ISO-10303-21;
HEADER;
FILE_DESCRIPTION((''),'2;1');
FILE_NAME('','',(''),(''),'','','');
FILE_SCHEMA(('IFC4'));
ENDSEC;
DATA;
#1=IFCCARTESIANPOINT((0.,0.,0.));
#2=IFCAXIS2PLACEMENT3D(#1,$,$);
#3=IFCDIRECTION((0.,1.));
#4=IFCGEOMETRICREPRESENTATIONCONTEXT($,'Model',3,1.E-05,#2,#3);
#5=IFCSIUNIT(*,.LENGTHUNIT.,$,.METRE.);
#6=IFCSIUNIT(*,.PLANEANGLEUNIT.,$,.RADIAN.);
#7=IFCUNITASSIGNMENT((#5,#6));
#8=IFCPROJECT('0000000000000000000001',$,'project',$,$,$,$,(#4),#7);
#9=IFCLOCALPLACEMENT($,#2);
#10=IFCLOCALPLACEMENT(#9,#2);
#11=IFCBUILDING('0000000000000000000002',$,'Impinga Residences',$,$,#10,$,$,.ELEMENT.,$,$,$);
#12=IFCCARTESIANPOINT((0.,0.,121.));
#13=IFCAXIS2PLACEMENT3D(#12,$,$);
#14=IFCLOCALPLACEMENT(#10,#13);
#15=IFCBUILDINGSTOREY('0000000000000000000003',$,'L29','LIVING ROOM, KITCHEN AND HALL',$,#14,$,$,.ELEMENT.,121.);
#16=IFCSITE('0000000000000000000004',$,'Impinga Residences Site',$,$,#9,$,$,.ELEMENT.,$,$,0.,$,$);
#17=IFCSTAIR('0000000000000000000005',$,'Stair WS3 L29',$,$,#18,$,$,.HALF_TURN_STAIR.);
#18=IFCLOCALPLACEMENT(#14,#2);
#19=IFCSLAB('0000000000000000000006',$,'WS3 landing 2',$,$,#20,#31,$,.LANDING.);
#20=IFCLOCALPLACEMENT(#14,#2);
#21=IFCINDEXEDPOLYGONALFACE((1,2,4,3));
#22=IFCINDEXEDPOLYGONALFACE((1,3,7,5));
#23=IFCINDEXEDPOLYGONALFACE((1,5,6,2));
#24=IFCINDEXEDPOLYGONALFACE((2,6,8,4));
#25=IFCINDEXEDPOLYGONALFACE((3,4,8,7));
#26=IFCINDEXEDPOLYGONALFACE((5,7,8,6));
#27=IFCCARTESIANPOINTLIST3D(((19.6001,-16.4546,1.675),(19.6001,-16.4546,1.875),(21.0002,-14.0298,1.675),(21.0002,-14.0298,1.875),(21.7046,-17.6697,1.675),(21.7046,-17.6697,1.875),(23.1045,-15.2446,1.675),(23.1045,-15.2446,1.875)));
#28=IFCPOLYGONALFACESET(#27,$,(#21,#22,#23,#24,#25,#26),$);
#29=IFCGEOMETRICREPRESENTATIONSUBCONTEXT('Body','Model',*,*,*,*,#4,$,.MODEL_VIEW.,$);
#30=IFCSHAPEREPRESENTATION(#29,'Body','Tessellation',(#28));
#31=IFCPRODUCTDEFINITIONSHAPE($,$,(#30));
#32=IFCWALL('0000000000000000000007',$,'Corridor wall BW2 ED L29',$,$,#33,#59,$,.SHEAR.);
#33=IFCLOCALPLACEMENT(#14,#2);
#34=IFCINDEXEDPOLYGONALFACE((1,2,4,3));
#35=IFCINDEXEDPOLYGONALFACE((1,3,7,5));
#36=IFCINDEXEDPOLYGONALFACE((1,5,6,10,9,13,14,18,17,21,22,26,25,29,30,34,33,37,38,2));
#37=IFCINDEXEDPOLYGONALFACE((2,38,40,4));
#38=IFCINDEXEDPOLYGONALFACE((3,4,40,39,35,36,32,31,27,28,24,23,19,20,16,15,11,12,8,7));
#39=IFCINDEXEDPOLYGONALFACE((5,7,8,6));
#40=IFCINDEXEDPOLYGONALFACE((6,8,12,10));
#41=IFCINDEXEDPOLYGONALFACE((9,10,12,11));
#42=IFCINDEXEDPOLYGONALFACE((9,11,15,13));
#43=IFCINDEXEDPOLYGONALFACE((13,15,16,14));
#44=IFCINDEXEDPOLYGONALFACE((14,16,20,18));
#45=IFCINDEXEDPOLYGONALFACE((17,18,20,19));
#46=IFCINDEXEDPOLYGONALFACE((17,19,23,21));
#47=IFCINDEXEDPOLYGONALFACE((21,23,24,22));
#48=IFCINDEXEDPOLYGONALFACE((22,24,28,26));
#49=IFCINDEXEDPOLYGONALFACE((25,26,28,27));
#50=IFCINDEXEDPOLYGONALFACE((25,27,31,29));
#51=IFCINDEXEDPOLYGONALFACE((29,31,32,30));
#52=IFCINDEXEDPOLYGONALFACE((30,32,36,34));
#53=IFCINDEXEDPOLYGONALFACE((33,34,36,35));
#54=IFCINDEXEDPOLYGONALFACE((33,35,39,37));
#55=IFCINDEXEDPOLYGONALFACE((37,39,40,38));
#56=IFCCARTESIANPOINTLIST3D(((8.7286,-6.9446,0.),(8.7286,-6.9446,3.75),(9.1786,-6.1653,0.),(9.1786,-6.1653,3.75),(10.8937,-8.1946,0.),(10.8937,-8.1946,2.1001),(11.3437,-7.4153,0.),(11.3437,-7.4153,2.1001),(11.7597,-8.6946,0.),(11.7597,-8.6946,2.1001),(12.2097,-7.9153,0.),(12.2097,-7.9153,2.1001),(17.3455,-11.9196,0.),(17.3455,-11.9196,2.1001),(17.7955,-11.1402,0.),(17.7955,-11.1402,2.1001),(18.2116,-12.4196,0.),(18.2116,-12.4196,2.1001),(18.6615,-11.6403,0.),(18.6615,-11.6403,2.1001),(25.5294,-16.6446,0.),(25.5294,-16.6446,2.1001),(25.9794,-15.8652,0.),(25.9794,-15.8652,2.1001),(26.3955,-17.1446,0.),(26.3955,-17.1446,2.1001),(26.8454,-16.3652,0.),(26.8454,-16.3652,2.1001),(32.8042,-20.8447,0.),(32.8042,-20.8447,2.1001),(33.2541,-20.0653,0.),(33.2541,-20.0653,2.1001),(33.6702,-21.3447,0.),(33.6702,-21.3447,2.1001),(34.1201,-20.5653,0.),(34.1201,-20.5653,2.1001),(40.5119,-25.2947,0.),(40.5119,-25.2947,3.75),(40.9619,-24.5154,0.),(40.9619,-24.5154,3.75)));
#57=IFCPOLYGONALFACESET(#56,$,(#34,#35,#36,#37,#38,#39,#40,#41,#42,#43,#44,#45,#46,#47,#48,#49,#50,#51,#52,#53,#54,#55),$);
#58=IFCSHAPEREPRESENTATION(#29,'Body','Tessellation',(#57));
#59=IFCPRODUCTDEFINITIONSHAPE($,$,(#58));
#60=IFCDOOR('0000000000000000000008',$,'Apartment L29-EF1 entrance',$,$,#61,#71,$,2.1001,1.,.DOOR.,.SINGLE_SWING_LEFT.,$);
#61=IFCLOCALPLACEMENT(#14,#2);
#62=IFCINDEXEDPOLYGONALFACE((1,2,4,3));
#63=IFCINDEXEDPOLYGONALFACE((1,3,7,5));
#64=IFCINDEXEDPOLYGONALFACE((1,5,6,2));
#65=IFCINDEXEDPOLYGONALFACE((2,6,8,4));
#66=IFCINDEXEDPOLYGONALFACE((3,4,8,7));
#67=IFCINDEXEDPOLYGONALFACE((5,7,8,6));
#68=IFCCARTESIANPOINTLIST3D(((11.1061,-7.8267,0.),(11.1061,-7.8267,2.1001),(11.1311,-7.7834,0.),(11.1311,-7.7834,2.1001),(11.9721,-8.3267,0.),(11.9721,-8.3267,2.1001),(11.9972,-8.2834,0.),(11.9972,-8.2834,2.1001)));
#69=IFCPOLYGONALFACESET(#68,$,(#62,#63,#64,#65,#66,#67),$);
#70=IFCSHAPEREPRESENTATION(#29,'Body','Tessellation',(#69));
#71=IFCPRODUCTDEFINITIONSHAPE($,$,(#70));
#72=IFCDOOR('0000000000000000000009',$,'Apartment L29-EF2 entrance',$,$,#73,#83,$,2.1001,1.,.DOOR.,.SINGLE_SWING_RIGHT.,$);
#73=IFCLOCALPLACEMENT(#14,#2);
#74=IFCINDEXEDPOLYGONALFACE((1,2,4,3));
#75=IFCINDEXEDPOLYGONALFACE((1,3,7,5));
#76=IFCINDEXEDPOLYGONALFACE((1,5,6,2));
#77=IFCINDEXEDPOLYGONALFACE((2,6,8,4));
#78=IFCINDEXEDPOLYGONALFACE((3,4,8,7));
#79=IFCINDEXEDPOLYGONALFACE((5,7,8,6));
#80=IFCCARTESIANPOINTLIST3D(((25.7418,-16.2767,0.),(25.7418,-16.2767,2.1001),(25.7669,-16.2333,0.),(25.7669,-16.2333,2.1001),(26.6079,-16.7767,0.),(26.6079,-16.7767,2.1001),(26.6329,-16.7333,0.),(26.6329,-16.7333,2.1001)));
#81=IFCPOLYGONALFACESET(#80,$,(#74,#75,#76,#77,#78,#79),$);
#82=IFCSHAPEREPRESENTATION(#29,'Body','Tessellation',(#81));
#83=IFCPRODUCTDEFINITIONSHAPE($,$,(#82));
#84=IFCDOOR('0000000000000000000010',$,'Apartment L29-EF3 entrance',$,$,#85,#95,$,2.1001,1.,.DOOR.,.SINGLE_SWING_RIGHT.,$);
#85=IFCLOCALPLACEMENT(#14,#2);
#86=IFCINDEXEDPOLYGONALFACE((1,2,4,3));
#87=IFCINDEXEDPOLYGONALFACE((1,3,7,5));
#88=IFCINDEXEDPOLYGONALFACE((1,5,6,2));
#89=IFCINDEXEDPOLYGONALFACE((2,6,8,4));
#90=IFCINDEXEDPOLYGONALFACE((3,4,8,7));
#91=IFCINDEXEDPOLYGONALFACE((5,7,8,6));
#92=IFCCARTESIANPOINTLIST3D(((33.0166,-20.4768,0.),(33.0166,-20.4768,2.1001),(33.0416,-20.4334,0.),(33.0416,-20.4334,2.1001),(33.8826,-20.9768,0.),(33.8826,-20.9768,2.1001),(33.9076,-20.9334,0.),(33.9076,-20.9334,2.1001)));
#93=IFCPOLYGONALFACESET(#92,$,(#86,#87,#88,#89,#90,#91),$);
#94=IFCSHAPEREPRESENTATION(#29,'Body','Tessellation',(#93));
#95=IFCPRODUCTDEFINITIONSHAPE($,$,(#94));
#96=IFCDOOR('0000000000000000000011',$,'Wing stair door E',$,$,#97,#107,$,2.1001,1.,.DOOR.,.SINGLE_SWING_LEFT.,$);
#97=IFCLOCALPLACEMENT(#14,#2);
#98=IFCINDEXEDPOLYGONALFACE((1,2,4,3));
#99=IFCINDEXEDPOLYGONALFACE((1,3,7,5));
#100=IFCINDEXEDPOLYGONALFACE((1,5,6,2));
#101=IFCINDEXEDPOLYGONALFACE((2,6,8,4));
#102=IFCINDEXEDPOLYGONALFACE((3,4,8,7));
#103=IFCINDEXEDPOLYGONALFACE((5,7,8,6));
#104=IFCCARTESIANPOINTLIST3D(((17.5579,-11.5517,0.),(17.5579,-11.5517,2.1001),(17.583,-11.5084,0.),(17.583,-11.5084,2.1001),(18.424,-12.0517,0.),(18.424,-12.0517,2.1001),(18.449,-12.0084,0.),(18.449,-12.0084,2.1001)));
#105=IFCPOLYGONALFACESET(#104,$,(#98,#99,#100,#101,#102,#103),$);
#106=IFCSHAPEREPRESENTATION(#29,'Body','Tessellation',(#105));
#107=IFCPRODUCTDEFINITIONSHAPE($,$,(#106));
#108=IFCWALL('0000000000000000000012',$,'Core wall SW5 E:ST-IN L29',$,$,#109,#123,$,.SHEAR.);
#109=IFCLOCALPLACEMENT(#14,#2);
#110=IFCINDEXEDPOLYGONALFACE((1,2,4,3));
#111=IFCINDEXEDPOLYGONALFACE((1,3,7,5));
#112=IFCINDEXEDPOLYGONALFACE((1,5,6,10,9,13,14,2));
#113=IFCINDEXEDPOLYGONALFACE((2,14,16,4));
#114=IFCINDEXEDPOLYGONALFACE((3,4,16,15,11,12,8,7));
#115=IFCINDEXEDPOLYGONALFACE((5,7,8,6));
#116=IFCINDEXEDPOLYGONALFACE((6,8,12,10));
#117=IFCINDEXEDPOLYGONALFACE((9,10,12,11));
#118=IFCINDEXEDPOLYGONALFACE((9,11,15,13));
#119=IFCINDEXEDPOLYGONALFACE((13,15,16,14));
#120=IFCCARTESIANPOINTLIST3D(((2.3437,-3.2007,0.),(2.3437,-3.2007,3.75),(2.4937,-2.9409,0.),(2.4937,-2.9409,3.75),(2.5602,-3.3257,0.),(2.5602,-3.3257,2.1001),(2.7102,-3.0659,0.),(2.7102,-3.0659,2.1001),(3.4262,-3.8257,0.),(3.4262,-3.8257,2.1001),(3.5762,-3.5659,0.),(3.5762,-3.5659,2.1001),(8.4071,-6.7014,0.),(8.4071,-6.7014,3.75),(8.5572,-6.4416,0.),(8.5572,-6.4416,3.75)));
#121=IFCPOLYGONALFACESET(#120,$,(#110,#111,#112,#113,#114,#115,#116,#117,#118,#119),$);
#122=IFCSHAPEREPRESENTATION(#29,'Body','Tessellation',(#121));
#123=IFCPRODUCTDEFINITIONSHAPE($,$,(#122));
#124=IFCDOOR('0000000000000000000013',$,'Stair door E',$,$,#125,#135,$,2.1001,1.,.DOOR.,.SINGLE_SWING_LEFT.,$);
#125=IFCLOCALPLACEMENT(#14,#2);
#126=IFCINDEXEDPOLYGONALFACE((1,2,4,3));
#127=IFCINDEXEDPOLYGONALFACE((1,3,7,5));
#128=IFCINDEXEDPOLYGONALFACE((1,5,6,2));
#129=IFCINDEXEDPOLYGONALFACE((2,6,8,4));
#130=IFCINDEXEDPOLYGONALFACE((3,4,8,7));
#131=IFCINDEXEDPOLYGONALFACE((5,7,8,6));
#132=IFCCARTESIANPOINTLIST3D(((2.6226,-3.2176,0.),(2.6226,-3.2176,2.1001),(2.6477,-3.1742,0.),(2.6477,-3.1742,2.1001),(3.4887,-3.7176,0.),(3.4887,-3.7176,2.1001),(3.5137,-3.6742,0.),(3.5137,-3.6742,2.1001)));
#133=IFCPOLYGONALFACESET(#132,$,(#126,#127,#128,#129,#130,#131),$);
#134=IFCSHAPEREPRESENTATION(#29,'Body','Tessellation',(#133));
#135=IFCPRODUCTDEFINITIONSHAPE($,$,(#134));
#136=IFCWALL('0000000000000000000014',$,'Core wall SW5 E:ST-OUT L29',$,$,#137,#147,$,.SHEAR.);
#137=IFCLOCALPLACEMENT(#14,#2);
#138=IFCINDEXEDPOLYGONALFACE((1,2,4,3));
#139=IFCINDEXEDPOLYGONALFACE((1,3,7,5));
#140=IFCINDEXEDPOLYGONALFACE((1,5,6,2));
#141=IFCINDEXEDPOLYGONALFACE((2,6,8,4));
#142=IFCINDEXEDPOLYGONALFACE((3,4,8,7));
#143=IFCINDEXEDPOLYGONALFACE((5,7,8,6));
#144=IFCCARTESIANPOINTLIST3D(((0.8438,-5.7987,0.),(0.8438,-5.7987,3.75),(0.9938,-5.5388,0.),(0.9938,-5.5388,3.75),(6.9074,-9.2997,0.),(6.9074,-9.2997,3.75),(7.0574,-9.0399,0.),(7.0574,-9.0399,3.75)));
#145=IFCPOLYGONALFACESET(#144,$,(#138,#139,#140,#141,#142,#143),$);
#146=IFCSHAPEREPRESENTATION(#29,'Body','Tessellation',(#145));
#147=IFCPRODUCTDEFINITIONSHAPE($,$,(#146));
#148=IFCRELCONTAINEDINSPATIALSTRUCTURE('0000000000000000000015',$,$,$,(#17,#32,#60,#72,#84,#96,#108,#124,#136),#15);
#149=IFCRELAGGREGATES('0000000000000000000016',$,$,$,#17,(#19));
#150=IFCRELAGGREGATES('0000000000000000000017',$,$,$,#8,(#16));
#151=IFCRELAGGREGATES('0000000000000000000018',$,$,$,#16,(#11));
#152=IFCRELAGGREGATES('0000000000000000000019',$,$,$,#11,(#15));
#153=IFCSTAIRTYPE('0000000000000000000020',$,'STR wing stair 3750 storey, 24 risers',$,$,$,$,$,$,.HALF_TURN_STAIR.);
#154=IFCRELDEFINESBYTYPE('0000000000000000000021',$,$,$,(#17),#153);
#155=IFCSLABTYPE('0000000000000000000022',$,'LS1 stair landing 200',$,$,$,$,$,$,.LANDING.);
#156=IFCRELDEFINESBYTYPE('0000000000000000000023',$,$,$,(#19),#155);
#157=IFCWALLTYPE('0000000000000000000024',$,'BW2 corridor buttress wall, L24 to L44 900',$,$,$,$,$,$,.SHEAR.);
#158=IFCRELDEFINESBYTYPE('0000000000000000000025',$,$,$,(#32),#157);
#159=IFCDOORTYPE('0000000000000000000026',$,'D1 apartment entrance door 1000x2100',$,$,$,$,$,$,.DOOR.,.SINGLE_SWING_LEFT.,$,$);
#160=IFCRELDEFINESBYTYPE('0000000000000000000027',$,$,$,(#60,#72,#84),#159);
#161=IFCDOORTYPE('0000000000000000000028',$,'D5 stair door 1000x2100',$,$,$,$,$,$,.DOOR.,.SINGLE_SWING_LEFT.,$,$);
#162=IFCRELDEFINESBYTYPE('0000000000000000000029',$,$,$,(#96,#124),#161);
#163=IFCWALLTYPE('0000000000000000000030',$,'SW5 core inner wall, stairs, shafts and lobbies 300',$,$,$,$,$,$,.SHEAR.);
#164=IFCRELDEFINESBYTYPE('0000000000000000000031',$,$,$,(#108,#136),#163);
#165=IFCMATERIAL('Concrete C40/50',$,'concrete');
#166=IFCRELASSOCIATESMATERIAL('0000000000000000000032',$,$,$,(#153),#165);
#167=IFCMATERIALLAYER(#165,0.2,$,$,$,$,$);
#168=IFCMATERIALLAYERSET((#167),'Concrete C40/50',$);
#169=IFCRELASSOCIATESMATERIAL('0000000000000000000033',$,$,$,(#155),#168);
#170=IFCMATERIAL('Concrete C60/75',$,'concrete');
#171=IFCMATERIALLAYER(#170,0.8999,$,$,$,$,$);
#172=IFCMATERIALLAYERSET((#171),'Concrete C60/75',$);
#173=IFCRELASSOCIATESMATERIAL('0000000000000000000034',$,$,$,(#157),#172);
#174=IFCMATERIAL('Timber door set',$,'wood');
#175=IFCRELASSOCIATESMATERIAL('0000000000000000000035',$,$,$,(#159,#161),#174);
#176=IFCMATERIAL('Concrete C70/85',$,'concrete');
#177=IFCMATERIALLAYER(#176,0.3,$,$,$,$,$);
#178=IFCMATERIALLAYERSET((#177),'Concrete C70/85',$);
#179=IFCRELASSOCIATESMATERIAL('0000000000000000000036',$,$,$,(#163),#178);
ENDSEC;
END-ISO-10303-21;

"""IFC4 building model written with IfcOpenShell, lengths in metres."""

from ifc_helpers import new_model, si_unit, direction, frame, frame_2d, origin, place, context, subcontext, project, spatial, polyline, rectangle, outline, extrude, material, layer, layer_set, type_object, element, fill, aggregate, save


model = new_model("IFC4")

# Units and contexts
model_context = context("Model", 3, precision=1e-05, world=origin(), true_north=direction((0.0, 1.0)))
body_context = subcontext(model_context, "Body", "Model", "MODEL_VIEW")
ifc_project = project(units=[si_unit("LENGTHUNIT", "METRE"), si_unit("PLANEANGLEUNIT", "RADIAN")], contexts=[model_context])

# Site, building, storey
site_placement = place(None, origin())
site = spatial("IfcSite", under=ifc_project, at=site_placement, Name="Impinga Residences Site", CompositionType="ELEMENT", RefElevation=0.0)
building_placement = place(site_placement, origin())
building = spatial("IfcBuilding", under=site, at=building_placement, Name="Impinga Residences", CompositionType="ELEMENT")
storey_placement = place(building_placement, frame((0.0, 0.0, 121.0)))
storey = spatial("IfcBuildingStorey", under=building, at=storey_placement, Name="L29", Description="LIVING ROOM, KITCHEN AND HALL", CompositionType="ELEMENT", Elevation=121.0)

# Stair, slab
ifc_material_1 = material(Name="Concrete C40/50", Category="concrete")
stair_type_1 = type_object("IfcStairType", Name="STR wing stair 3750 storey, 24 risers", PredefinedType="HALF_TURN_STAIR", material=ifc_material_1)
stair_1_placement = place(storey_placement, origin())
stair_1 = element("IfcStair", 1, at=stair_1_placement, inside=storey, type_object=stair_type_1, Name="Stair WS3 L29", PredefinedType="HALF_TURN_STAIR")
ifc_layer_1 = layer(ifc_material_1, 0.2)
ifc_layer_set_1 = layer_set([ifc_layer_1], Name="Concrete C40/50")
slab_type = type_object("IfcSlabType", Name="LS1 stair landing 200", PredefinedType="LANDING", material=ifc_layer_set_1)
slab_placement = place(storey_placement, frame((0.0, 0.0, 1.675)))
slab = element("IfcSlab", 2, at=slab_placement, type_object=slab_type, Name="WS3 landing 2", PredefinedType="LANDING", context=body_context, shape_type="SweptSolid", body=[
    extrude(outline(polyline([(21.0002, -14.0298), (19.6001, -16.4546), (21.7046, -17.6697), (23.1045, -15.2446), (21.0002, -14.0298)])), origin(), (0.0, 0.0, 1.0), 0.2),
])
aggregate(stair_1, [slab])

# Wall, openings, doors
ifc_material_2 = material(Name="Concrete C60/75", Category="concrete")
ifc_layer_2 = layer(ifc_material_2, 0.8999)
ifc_layer_set_2 = layer_set([ifc_layer_2], Name="Concrete C60/75")
wall_type_1 = type_object("IfcWallType", Name="BW2 corridor buttress wall, L24 to L44 900", PredefinedType="SHEAR", material=ifc_layer_set_2)
wall_1_placement = place(storey_placement, frame((8.9536, -6.5549, 0.0), z_axis=(0.0, 0.0, 1.0), x_axis=(0.866025, -0.500001, 0.0)))
wall_1 = element("IfcWall", 3, at=wall_1_placement, inside=storey, type_object=wall_type_1, Name="Corridor wall BW2 ED L29", PredefinedType="SHEAR", context=body_context, shape_type="SweptSolid", body=[
    extrude(rectangle(XDim=36.7002, YDim=0.8999, at=frame_2d((18.3501, 0.0))), origin(), (0.0, 0.0, 1.0), 3.75),
])
opening_1_placement = place(wall_1_placement, frame((9.95, 0.0, 0.0)))
opening_1 = element("IfcOpeningElement", 4, at=opening_1_placement, cuts=wall_1, PredefinedType="OPENING", context=body_context, shape_type="SweptSolid", body=[
    extrude(rectangle(XDim=1.0, YDim=2.1001, at=frame_2d((0.5, 1.05))), frame((0.0, 0.46, 0.0), z_axis=(0.0, -1.0, 0.0), x_axis=(1.0, 0.0, 0.0)), (0.0, 0.0, 1.0), 0.9199),
])
opening_2_placement = place(wall_1_placement, frame((2.5, 0.0, 0.0)))
opening_2 = element("IfcOpeningElement", 5, at=opening_2_placement, cuts=wall_1, PredefinedType="OPENING", context=body_context, shape_type="SweptSolid", body=[
    extrude(rectangle(XDim=1.0, YDim=2.1001, at=frame_2d((0.5, 1.05))), frame((0.0, 0.46, 0.0), z_axis=(0.0, -1.0, 0.0), x_axis=(1.0, 0.0, 0.0)), (0.0, 0.0, 1.0), 0.9199),
])
opening_3_placement = place(wall_1_placement, frame((19.3999, 0.0, 0.0)))
opening_3 = element("IfcOpeningElement", 6, at=opening_3_placement, cuts=wall_1, PredefinedType="OPENING", context=body_context, shape_type="SweptSolid", body=[
    extrude(rectangle(XDim=1.0, YDim=2.1001, at=frame_2d((0.5, 1.05))), frame((0.0, 0.46, 0.0), z_axis=(0.0, -1.0, 0.0), x_axis=(1.0, 0.0, 0.0)), (0.0, 0.0, 1.0), 0.9199),
])
opening_4_placement = place(wall_1_placement, frame((27.8, 0.0, 0.0)))
opening_4 = element("IfcOpeningElement", 7, at=opening_4_placement, cuts=wall_1, PredefinedType="OPENING", context=body_context, shape_type="SweptSolid", body=[
    extrude(rectangle(XDim=1.0, YDim=2.1001, at=frame_2d((0.5, 1.05))), frame((0.0, 0.46, 0.0), z_axis=(0.0, -1.0, 0.0), x_axis=(1.0, 0.0, 0.0)), (0.0, 0.0, 1.0), 0.9199),
])
ifc_material_3 = material(Name="Timber door set", Category="wood")
door_type_1 = type_object("IfcDoorType", Name="D1 apartment entrance door 1000x2100", OperationType="SINGLE_SWING_LEFT", PredefinedType="DOOR", material=ifc_material_3)
door_1_placement = place(opening_2_placement, origin())
door_1 = element("IfcDoor", 8, at=door_1_placement, inside=storey, type_object=door_type_1, Name="Apartment L29-EF1 entrance", OperationType="SINGLE_SWING_LEFT", OverallHeight=2.1001, OverallWidth=1.0, PredefinedType="DOOR", context=body_context, shape_type="SweptSolid", body=[
    extrude(rectangle(XDim=1.0, YDim=2.1001, at=frame_2d((0.5, 1.05))), frame((0.0, 0.0249, 0.0), z_axis=(0.0, -1.0, 0.0), x_axis=(1.0, 0.0, 0.0)), (0.0, 0.0, 1.0), 0.05),
])
fill(opening_2, door_1)
door_2_placement = place(opening_3_placement, origin())
door_2 = element("IfcDoor", 9, at=door_2_placement, inside=storey, type_object=door_type_1, Name="Apartment L29-EF2 entrance", OperationType="SINGLE_SWING_RIGHT", OverallHeight=2.1001, OverallWidth=1.0, PredefinedType="DOOR", context=body_context, shape_type="SweptSolid", body=[
    extrude(rectangle(XDim=1.0, YDim=2.1001, at=frame_2d((0.5, 1.05))), frame((0.0, 0.0249, 0.0), z_axis=(0.0, -1.0, 0.0), x_axis=(1.0, 0.0, 0.0)), (0.0, 0.0, 1.0), 0.05),
])
fill(opening_3, door_2)
door_3_placement = place(opening_4_placement, origin())
door_3 = element("IfcDoor", 10, at=door_3_placement, inside=storey, type_object=door_type_1, Name="Apartment L29-EF3 entrance", OperationType="SINGLE_SWING_RIGHT", OverallHeight=2.1001, OverallWidth=1.0, PredefinedType="DOOR", context=body_context, shape_type="SweptSolid", body=[
    extrude(rectangle(XDim=1.0, YDim=2.1001, at=frame_2d((0.5, 1.05))), frame((0.0, 0.0249, 0.0), z_axis=(0.0, -1.0, 0.0), x_axis=(1.0, 0.0, 0.0)), (0.0, 0.0, 1.0), 0.05),
])
fill(opening_4, door_3)
door_type_2 = type_object("IfcDoorType", Name="D5 stair door 1000x2100", OperationType="SINGLE_SWING_LEFT", PredefinedType="DOOR", material=ifc_material_3)
door_4_placement = place(opening_1_placement, origin())
door_4 = element("IfcDoor", 11, at=door_4_placement, inside=storey, type_object=door_type_2, Name="Wing stair door E", OperationType="SINGLE_SWING_LEFT", OverallHeight=2.1001, OverallWidth=1.0, PredefinedType="DOOR", context=body_context, shape_type="SweptSolid", body=[
    extrude(rectangle(XDim=1.0, YDim=2.1001, at=frame_2d((0.5, 1.05))), frame((0.0, 0.0249, 0.0), z_axis=(0.0, -1.0, 0.0), x_axis=(1.0, 0.0, 0.0)), (0.0, 0.0, 1.0), 0.05),
])
fill(opening_1, door_4)

# Wall, opening, door
ifc_material_4 = material(Name="Concrete C70/85", Category="concrete")
ifc_layer_3 = layer(ifc_material_4, 0.3)
ifc_layer_set_3 = layer_set([ifc_layer_3], Name="Concrete C70/85")
wall_type_2 = type_object("IfcWallType", Name="SW5 core inner wall, stairs, shafts and lobbies 300", PredefinedType="SHEAR", material=ifc_layer_set_3)
wall_2_placement = place(storey_placement, frame((2.4187, -3.0708, 0.0), z_axis=(0.0, 0.0, 1.0), x_axis=(0.866026, -0.499998, 0.0)))
wall_2 = element("IfcWall", 12, at=wall_2_placement, inside=storey, type_object=wall_type_2, Name="Core wall SW5 E:ST-IN L29", PredefinedType="SHEAR", context=body_context, shape_type="SweptSolid", body=[
    extrude(rectangle(XDim=7.0015, YDim=0.3, at=frame_2d((3.5007, 0.0))), origin(), (0.0, 0.0, 1.0), 3.75),
])
opening_5_placement = place(wall_2_placement, frame((0.25, 0.0, 0.0)))
opening_5 = element("IfcOpeningElement", 13, at=opening_5_placement, cuts=wall_2, PredefinedType="OPENING", context=body_context, shape_type="SweptSolid", body=[
    extrude(rectangle(XDim=1.0, YDim=2.1001, at=frame_2d((0.5, 1.05))), frame((0.0, 0.1599, 0.0), z_axis=(0.0, -1.0, 0.0), x_axis=(1.0, 0.0, 0.0)), (0.0, 0.0, 1.0), 0.3201),
])
door_5_placement = place(opening_5_placement, origin())
door_5 = element("IfcDoor", 14, at=door_5_placement, inside=storey, type_object=door_type_2, Name="Stair door E", OperationType="SINGLE_SWING_LEFT", OverallHeight=2.1001, OverallWidth=1.0, PredefinedType="DOOR", context=body_context, shape_type="SweptSolid", body=[
    extrude(rectangle(XDim=1.0, YDim=2.1001, at=frame_2d((0.5, 1.05))), frame((0.0, 0.0249, 0.0), z_axis=(0.0, -1.0, 0.0), x_axis=(1.0, 0.0, 0.0)), (0.0, 0.0, 1.0), 0.05),
])
fill(opening_5, door_5)

# Wall
wall_3_placement = place(storey_placement, frame((0.9187, -5.6687, 0.0), z_axis=(0.0, 0.0, 1.0), x_axis=(0.866011, -0.500024, 0.0)))
element("IfcWall", 15, at=wall_3_placement, inside=storey, type_object=wall_type_2, Name="Core wall SW5 E:ST-OUT L29", PredefinedType="SHEAR", context=body_context, shape_type="SweptSolid", body=[
    extrude(rectangle(XDim=7.0017, YDim=0.3, at=frame_2d((3.501, 0.0))), origin(), (0.0, 0.0, 1.0), 3.75),
])

save(model, "model.ifc")
